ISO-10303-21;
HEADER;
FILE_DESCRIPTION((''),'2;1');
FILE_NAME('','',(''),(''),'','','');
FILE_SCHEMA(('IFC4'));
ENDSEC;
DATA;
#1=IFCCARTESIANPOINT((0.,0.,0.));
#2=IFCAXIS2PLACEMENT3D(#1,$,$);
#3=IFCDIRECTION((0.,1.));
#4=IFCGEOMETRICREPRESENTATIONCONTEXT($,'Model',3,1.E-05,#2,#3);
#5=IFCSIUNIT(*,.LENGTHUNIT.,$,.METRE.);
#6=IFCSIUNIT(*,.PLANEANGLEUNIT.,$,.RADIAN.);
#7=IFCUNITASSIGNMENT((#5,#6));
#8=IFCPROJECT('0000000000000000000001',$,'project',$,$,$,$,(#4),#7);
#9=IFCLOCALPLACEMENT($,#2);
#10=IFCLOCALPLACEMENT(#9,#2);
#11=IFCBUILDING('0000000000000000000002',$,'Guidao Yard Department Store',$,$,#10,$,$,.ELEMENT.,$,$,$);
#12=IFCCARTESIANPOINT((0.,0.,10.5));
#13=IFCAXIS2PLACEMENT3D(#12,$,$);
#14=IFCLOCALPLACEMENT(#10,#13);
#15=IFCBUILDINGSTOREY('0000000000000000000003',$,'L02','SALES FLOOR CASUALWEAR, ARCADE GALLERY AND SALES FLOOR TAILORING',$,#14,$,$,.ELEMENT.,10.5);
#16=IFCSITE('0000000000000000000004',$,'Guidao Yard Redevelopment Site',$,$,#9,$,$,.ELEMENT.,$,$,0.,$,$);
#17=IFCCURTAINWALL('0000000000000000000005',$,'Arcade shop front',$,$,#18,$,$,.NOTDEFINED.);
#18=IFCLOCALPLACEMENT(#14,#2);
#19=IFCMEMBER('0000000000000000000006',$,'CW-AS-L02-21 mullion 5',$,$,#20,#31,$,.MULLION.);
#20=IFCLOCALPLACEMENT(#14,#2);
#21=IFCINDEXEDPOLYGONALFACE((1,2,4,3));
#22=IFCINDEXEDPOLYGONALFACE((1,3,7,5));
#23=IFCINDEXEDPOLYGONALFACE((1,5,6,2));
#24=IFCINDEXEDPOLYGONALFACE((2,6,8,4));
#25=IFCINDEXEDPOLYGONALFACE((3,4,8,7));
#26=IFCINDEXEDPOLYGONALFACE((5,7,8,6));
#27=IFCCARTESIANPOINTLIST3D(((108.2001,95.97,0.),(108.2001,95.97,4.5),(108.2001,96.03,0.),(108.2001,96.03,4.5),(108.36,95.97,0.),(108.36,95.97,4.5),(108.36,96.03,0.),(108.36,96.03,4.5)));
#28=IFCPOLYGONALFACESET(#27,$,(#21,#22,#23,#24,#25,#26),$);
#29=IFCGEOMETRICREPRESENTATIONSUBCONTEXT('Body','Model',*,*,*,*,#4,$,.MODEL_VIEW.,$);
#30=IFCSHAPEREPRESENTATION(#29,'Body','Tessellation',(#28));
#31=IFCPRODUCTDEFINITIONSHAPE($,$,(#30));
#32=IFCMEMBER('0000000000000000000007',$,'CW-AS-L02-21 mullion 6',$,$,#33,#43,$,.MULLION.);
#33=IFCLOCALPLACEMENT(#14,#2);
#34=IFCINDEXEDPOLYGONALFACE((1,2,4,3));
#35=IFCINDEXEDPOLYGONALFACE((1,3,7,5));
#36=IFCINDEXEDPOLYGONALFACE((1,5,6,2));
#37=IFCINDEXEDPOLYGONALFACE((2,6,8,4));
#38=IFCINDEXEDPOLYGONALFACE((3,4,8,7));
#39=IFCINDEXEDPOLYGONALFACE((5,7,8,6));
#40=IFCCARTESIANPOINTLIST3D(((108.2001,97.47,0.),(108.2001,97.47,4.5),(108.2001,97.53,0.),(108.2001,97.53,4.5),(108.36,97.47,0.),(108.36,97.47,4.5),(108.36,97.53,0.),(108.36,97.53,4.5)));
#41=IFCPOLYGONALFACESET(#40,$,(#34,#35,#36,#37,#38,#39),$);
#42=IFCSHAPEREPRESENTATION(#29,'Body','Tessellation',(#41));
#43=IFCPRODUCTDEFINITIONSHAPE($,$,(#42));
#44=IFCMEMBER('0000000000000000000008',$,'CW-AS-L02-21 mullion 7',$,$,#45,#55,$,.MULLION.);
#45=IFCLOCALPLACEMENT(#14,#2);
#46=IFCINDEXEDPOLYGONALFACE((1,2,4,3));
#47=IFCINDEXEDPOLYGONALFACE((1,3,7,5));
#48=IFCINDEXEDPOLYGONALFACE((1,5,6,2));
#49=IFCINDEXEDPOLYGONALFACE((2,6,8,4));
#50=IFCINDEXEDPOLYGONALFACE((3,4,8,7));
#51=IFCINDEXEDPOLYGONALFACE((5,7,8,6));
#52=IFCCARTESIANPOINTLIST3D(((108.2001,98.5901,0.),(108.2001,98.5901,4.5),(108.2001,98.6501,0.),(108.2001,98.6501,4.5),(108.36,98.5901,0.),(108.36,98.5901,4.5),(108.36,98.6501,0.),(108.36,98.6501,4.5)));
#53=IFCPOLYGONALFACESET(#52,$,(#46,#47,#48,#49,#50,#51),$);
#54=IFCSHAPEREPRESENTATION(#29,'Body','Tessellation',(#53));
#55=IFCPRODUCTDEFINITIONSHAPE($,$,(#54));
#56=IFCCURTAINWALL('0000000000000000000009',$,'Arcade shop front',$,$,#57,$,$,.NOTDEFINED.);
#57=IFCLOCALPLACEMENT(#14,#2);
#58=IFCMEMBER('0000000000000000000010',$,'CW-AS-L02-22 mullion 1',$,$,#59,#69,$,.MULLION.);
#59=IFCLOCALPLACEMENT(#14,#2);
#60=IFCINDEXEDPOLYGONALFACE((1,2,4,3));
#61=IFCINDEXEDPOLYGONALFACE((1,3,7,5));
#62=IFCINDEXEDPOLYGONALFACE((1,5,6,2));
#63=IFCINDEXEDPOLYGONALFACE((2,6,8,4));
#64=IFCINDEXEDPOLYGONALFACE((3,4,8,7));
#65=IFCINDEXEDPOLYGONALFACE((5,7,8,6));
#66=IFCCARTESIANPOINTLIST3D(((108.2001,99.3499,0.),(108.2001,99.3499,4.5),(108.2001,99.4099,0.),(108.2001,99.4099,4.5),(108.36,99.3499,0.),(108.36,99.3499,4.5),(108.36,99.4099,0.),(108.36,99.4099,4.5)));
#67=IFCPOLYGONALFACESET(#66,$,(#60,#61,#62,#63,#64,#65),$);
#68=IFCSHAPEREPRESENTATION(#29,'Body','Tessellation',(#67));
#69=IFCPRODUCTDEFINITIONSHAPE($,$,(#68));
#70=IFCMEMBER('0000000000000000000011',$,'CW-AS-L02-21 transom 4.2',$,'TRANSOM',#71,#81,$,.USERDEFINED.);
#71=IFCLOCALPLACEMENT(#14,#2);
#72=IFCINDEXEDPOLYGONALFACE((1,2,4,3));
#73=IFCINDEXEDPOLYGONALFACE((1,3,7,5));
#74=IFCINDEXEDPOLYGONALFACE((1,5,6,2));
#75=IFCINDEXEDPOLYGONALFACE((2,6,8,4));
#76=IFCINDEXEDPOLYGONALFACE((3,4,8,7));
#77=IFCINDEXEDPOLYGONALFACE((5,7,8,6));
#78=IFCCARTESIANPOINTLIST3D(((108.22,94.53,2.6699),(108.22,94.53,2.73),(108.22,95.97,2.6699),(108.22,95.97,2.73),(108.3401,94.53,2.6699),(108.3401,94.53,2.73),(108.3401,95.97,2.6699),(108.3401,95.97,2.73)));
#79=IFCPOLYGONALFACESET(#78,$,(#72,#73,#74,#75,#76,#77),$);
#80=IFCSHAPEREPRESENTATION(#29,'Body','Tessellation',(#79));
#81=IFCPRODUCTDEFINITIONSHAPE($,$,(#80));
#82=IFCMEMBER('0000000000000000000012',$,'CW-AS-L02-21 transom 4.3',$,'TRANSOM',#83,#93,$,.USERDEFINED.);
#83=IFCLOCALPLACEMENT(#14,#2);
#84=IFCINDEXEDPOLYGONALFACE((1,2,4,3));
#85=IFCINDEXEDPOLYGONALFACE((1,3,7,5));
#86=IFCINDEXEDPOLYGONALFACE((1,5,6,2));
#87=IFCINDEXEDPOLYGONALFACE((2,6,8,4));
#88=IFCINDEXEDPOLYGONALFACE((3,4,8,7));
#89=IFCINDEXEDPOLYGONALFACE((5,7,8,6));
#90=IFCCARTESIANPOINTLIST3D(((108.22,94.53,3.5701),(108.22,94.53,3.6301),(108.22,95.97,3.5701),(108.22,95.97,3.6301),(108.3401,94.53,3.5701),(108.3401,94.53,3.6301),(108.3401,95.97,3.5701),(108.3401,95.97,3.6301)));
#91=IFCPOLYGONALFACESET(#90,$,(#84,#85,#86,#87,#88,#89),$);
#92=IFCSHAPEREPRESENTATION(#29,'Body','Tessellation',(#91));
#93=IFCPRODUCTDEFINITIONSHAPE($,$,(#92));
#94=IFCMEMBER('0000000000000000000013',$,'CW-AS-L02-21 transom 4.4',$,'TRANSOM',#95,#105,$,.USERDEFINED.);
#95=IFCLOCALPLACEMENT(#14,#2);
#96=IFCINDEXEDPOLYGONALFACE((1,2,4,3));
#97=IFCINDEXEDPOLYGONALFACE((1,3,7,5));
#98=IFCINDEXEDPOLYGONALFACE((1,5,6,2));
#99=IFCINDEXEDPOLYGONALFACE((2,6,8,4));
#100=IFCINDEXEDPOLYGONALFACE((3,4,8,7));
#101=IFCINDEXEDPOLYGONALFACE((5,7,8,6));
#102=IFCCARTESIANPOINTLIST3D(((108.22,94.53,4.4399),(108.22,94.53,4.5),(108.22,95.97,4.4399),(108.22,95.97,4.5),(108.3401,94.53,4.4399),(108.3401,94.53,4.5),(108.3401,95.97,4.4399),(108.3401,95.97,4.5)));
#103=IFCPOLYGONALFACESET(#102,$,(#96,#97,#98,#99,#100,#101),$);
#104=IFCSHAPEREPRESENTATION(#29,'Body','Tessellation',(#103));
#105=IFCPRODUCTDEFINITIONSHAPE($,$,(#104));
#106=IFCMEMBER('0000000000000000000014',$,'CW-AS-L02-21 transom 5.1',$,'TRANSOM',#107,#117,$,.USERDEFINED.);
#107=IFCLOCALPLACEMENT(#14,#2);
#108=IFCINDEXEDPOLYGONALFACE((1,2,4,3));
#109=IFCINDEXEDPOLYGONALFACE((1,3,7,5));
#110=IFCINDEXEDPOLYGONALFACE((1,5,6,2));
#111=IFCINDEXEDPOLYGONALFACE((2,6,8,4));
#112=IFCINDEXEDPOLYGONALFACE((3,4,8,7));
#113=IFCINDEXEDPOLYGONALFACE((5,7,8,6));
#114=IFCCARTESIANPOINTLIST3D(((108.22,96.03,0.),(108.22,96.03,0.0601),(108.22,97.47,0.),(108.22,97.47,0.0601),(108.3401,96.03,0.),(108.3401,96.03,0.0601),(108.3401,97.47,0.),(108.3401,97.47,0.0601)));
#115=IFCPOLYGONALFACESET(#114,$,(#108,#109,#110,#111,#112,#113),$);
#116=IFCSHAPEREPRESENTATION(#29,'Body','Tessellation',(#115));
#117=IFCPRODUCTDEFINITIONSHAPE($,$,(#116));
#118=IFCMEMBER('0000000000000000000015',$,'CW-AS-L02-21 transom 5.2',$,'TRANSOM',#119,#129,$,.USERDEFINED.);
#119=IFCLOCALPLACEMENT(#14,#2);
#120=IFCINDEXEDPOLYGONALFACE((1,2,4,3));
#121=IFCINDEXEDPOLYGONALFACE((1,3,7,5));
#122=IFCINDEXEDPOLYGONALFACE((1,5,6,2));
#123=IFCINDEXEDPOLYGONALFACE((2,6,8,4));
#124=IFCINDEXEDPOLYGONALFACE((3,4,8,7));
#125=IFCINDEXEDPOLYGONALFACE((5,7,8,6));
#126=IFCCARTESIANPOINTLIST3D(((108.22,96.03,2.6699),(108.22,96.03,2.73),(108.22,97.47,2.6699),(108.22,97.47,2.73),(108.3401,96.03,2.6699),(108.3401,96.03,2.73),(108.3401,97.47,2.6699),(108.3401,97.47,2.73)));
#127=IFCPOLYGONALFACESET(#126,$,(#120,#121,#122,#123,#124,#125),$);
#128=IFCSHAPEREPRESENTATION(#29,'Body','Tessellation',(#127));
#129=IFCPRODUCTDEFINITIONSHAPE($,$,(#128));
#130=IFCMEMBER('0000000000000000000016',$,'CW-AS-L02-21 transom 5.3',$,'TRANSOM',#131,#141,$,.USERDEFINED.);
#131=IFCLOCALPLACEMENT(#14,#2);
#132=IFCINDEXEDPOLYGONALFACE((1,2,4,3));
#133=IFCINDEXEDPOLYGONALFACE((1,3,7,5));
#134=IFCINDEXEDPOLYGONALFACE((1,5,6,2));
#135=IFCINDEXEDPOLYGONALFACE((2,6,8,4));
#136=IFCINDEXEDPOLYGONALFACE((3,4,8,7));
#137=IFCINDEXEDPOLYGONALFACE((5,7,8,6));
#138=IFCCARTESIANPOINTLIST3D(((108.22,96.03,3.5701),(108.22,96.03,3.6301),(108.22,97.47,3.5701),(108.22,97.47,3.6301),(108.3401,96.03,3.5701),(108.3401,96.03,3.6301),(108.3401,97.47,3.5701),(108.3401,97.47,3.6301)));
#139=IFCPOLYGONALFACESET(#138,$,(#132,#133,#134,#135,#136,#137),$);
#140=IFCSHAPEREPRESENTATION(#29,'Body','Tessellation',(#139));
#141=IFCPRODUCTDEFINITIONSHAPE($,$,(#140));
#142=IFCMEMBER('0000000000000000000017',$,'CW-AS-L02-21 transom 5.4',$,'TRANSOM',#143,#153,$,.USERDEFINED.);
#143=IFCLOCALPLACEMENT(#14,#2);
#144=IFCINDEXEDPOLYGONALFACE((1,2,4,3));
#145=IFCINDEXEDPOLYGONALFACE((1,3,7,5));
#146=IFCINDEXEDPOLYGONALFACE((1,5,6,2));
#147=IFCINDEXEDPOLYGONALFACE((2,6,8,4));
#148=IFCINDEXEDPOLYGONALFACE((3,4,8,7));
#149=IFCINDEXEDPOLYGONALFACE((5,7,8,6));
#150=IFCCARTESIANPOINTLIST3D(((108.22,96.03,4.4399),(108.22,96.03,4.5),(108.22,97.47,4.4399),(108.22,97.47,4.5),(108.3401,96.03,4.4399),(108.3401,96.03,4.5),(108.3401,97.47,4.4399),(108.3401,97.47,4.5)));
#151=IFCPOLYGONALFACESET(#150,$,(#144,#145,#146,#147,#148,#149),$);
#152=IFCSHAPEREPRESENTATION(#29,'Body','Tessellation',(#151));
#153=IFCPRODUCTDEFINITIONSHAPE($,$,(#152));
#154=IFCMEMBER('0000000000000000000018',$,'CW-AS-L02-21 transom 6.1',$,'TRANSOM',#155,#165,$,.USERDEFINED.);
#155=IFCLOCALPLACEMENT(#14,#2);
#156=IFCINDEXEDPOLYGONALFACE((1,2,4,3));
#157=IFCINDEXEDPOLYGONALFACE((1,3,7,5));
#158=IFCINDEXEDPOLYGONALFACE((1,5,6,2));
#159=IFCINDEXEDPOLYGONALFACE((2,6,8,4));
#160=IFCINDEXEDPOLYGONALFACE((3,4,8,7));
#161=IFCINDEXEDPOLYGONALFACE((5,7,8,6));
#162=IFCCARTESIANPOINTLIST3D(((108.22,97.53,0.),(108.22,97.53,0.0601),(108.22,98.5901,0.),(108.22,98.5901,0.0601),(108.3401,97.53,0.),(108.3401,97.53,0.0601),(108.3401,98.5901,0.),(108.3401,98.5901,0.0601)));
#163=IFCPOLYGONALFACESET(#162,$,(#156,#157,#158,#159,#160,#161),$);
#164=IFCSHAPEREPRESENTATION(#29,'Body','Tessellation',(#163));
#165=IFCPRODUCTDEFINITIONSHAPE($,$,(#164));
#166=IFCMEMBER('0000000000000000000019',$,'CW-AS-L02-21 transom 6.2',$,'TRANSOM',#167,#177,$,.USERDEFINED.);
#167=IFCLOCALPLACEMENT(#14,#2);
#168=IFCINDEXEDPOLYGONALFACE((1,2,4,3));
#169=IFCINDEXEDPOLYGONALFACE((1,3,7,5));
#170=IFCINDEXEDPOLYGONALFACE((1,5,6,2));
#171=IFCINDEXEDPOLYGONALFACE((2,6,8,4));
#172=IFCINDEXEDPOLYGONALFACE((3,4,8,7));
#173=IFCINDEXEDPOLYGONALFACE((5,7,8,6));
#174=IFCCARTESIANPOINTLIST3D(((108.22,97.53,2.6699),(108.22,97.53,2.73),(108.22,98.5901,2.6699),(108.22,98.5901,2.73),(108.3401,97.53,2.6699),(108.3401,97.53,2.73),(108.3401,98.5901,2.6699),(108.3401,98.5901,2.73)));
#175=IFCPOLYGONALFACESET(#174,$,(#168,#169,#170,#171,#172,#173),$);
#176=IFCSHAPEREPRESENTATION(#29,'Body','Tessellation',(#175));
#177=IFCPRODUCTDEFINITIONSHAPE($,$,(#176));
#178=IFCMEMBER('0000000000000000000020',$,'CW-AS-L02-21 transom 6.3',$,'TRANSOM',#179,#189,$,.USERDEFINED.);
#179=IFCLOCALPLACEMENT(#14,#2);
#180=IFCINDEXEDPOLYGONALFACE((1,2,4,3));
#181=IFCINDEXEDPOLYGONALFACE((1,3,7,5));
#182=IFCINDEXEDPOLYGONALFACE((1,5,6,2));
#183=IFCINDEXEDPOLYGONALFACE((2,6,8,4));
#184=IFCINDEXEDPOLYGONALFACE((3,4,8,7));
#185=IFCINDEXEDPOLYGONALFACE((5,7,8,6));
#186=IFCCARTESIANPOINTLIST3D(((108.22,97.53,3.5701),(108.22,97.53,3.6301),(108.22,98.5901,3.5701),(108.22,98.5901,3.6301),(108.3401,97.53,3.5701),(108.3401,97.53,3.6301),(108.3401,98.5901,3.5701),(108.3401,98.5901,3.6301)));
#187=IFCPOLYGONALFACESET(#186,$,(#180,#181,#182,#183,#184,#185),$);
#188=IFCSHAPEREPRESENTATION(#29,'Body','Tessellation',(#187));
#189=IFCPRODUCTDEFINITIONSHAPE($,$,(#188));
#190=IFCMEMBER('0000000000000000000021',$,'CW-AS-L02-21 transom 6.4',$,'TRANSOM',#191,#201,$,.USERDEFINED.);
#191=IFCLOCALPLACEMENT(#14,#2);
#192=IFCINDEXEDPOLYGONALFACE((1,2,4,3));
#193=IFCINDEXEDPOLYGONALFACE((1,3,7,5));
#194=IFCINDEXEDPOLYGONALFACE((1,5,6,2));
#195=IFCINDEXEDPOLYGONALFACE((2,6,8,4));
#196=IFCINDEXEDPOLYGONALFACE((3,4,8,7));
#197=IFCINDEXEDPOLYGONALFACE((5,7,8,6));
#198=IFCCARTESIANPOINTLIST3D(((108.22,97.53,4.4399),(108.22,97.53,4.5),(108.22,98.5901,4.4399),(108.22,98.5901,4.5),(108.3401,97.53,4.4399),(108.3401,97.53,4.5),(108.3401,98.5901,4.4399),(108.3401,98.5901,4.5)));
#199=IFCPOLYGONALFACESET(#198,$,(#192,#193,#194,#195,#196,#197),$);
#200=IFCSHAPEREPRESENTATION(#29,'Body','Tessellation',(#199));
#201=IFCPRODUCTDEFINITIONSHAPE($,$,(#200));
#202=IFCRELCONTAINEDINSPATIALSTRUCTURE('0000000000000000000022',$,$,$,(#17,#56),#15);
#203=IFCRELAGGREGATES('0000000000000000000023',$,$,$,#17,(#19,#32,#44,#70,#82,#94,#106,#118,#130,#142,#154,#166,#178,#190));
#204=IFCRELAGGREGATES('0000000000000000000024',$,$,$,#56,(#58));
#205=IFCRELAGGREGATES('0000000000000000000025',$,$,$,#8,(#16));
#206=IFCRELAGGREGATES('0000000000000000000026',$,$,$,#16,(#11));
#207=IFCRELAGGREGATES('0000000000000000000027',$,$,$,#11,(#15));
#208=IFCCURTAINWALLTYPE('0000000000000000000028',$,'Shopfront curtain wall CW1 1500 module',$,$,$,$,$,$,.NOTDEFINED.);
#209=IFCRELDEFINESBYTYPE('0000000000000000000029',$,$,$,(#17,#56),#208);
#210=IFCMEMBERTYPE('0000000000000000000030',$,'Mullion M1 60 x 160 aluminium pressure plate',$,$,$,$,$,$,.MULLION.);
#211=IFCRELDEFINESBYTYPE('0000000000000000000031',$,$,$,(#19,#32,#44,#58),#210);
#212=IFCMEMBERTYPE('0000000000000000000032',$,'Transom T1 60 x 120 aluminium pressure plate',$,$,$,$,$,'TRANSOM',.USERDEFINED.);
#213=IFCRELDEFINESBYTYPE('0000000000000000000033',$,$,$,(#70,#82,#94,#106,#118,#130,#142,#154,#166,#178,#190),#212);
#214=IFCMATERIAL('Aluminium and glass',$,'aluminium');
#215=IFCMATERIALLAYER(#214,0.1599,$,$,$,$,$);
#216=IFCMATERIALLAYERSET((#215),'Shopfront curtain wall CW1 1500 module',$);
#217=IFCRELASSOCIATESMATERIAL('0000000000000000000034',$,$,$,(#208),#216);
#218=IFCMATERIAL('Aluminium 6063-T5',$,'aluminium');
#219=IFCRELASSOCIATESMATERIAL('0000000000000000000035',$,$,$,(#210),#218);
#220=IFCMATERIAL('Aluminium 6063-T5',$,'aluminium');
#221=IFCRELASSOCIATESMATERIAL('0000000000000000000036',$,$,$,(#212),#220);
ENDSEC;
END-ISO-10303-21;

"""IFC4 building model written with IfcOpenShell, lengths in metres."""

from ifc_helpers import new_model, si_unit, direction, frame, origin, origin_2d, place, context, subcontext, project, spatial, rectangle, extrude, material, layer, layer_set, material_profile, profile_set, type_object, element, aggregate, save


model = new_model("IFC4")

# Units and contexts
model_context = context("Model", 3, precision=1e-05, world=origin(), true_north=direction((0.0, 1.0)))
body_context = subcontext(model_context, "Body", "Model", "MODEL_VIEW")
ifc_project = project(units=[si_unit("LENGTHUNIT", "METRE"), si_unit("PLANEANGLEUNIT", "RADIAN")], contexts=[model_context])

# Site, building, storey
site_placement = place(None, origin())
site = spatial("IfcSite", under=ifc_project, at=site_placement, Name="Guidao Yard Redevelopment Site", CompositionType="ELEMENT", RefElevation=0.0)
building_placement = place(site_placement, origin())
building = spatial("IfcBuilding", under=site, at=building_placement, Name="Guidao Yard Department Store", CompositionType="ELEMENT")
storey_placement = place(building_placement, frame((0.0, 0.0, 10.5)))
storey = spatial("IfcBuildingStorey", under=building, at=storey_placement, Name="L02", Description="SALES FLOOR CASUALWEAR, ARCADE GALLERY AND SALES FLOOR TAILORING", CompositionType="ELEMENT", Elevation=10.5)

# Curtain wall, members
ifc_material_1 = material(Name="Aluminium and glass", Category="aluminium")
ifc_layer_1 = layer(ifc_material_1, 0.1599)
ifc_layer_set_1 = layer_set([ifc_layer_1], Name="Shopfront curtain wall CW1 1500 module")
curtain_wall_type = type_object("IfcCurtainWallType", Name="Shopfront curtain wall CW1 1500 module", PredefinedType="NOTDEFINED", material=ifc_layer_set_1)
curtain_wall_1_placement = place(storey_placement, origin())
curtain_wall_1 = element("IfcCurtainWall", 1, at=curtain_wall_1_placement, inside=storey, type_object=curtain_wall_type, Name="Arcade shop front", PredefinedType="NOTDEFINED")
ifc_material_2 = material(Name="Aluminium 6063-T5", Category="aluminium")
ifc_material_profile_1 = material_profile(ifc_material_2, rectangle(XDim=0.0601, YDim=0.1599, at=origin_2d()), Name="Mullion M1 60 x 160 aluminium pressure plate")
ifc_profile_set_1 = profile_set([ifc_material_profile_1], Name="Aluminium 6063-T5")
member_type_1 = type_object("IfcMemberType", Name="Mullion M1 60 x 160 aluminium pressure plate", PredefinedType="MULLION", material=ifc_profile_set_1)
member_1_placement = place(storey_placement, frame((108.28, 96.0, 0.0), z_axis=(0.0, 0.0, 1.0), x_axis=(0.0, -1.0, 0.0)))
member_1 = element("IfcMember", 2, at=member_1_placement, type_object=member_type_1, Name="CW-AS-L02-21 mullion 5", PredefinedType="MULLION", context=body_context, shape_type="SweptSolid", body=[
    extrude(rectangle(XDim=0.0601, YDim=0.1599, at=origin_2d()), origin(), (0.0, 0.0, 1.0), 4.5),
])
member_2_placement = place(storey_placement, frame((108.28, 97.5, 0.0), z_axis=(0.0, 0.0, 1.0), x_axis=(0.0, -1.0, 0.0)))
member_2 = element("IfcMember", 3, at=member_2_placement, type_object=member_type_1, Name="CW-AS-L02-21 mullion 6", PredefinedType="MULLION", context=body_context, shape_type="SweptSolid", body=[
    extrude(rectangle(XDim=0.0601, YDim=0.1599, at=origin_2d()), origin(), (0.0, 0.0, 1.0), 4.5),
])
member_3_placement = place(storey_placement, frame((108.28, 98.6201, 0.0), z_axis=(0.0, 0.0, 1.0), x_axis=(0.0, -1.0, 0.0)))
member_3 = element("IfcMember", 4, at=member_3_placement, type_object=member_type_1, Name="CW-AS-L02-21 mullion 7", PredefinedType="MULLION", context=body_context, shape_type="SweptSolid", body=[
    extrude(rectangle(XDim=0.0601, YDim=0.1599, at=origin_2d()), origin(), (0.0, 0.0, 1.0), 4.5),
])

# Curtain wall, member
curtain_wall_2_placement = place(storey_placement, origin())
curtain_wall_2 = element("IfcCurtainWall", 5, at=curtain_wall_2_placement, inside=storey, type_object=curtain_wall_type, Name="Arcade shop front", PredefinedType="NOTDEFINED")
member_4_placement = place(storey_placement, frame((108.28, 99.3799, 0.0), z_axis=(0.0, 0.0, 1.0), x_axis=(0.0, -1.0, 0.0)))
member_4 = element("IfcMember", 6, at=member_4_placement, type_object=member_type_1, Name="CW-AS-L02-22 mullion 1", PredefinedType="MULLION", context=body_context, shape_type="SweptSolid", body=[
    extrude(rectangle(XDim=0.0601, YDim=0.1599, at=origin_2d()), origin(), (0.0, 0.0, 1.0), 4.5),
])

# Members
ifc_material_3 = material(Name="Aluminium 6063-T5", Category="aluminium")
ifc_material_profile_2 = material_profile(ifc_material_3, rectangle(XDim=0.1201, YDim=0.0601, at=origin_2d()), Name="Transom T1 60 x 120 aluminium pressure plate")
ifc_profile_set_2 = profile_set([ifc_material_profile_2], Name="Aluminium 6063-T5")
member_type_2 = type_object("IfcMemberType", Name="Transom T1 60 x 120 aluminium pressure plate", ElementType="TRANSOM", PredefinedType="USERDEFINED", material=ifc_profile_set_2)
member_5_placement = place(storey_placement, frame((108.28, 95.97, 2.7), z_axis=(0.0, -1.0, 0.0), x_axis=(1.0, 0.0, 0.0)))
member_5 = element("IfcMember", 7, at=member_5_placement, type_object=member_type_2, Name="CW-AS-L02-21 transom 4.2", ObjectType="TRANSOM", PredefinedType="USERDEFINED", context=body_context, shape_type="SweptSolid", body=[
    extrude(rectangle(XDim=0.1201, YDim=0.0601, at=origin_2d()), origin(), (0.0, 0.0, 1.0), 1.4399),
])
member_6_placement = place(storey_placement, frame((108.28, 95.97, 3.6001), z_axis=(0.0, -1.0, 0.0), x_axis=(1.0, 0.0, 0.0)))
member_6 = element("IfcMember", 8, at=member_6_placement, type_object=member_type_2, Name="CW-AS-L02-21 transom 4.3", ObjectType="TRANSOM", PredefinedType="USERDEFINED", context=body_context, shape_type="SweptSolid", body=[
    extrude(rectangle(XDim=0.1201, YDim=0.0601, at=origin_2d()), origin(), (0.0, 0.0, 1.0), 1.4399),
])
member_7_placement = place(storey_placement, frame((108.28, 95.97, 4.47), z_axis=(0.0, -1.0, 0.0), x_axis=(1.0, 0.0, 0.0)))
member_7 = element("IfcMember", 9, at=member_7_placement, type_object=member_type_2, Name="CW-AS-L02-21 transom 4.4", ObjectType="TRANSOM", PredefinedType="USERDEFINED", context=body_context, shape_type="SweptSolid", body=[
    extrude(rectangle(XDim=0.1201, YDim=0.0601, at=origin_2d()), origin(), (0.0, 0.0, 1.0), 1.4399),
])
member_8_placement = place(storey_placement, frame((108.28, 97.47, 0.03), z_axis=(0.0, -1.0, 0.0), x_axis=(1.0, 0.0, 0.0)))
member_8 = element("IfcMember", 10, at=member_8_placement, type_object=member_type_2, Name="CW-AS-L02-21 transom 5.1", ObjectType="TRANSOM", PredefinedType="USERDEFINED", context=body_context, shape_type="SweptSolid", body=[
    extrude(rectangle(XDim=0.1201, YDim=0.0601, at=origin_2d()), origin(), (0.0, 0.0, 1.0), 1.4399),
])
member_9_placement = place(storey_placement, frame((108.28, 97.47, 2.7), z_axis=(0.0, -1.0, 0.0), x_axis=(1.0, 0.0, 0.0)))
member_9 = element("IfcMember", 11, at=member_9_placement, type_object=member_type_2, Name="CW-AS-L02-21 transom 5.2", ObjectType="TRANSOM", PredefinedType="USERDEFINED", context=body_context, shape_type="SweptSolid", body=[
    extrude(rectangle(XDim=0.1201, YDim=0.0601, at=origin_2d()), origin(), (0.0, 0.0, 1.0), 1.4399),
])
member_10_placement = place(storey_placement, frame((108.28, 97.47, 3.6001), z_axis=(0.0, -1.0, 0.0), x_axis=(1.0, 0.0, 0.0)))
member_10 = element("IfcMember", 12, at=member_10_placement, type_object=member_type_2, Name="CW-AS-L02-21 transom 5.3", ObjectType="TRANSOM", PredefinedType="USERDEFINED", context=body_context, shape_type="SweptSolid", body=[
    extrude(rectangle(XDim=0.1201, YDim=0.0601, at=origin_2d()), origin(), (0.0, 0.0, 1.0), 1.4399),
])
member_11_placement = place(storey_placement, frame((108.28, 97.47, 4.47), z_axis=(0.0, -1.0, 0.0), x_axis=(1.0, 0.0, 0.0)))
member_11 = element("IfcMember", 13, at=member_11_placement, type_object=member_type_2, Name="CW-AS-L02-21 transom 5.4", ObjectType="TRANSOM", PredefinedType="USERDEFINED", context=body_context, shape_type="SweptSolid", body=[
    extrude(rectangle(XDim=0.1201, YDim=0.0601, at=origin_2d()), origin(), (0.0, 0.0, 1.0), 1.4399),
])
member_12_placement = place(storey_placement, frame((108.28, 98.5901, 0.03), z_axis=(0.0, -1.0, 0.0), x_axis=(1.0, 0.0, 0.0)))
member_12 = element("IfcMember", 14, at=member_12_placement, type_object=member_type_2, Name="CW-AS-L02-21 transom 6.1", ObjectType="TRANSOM", PredefinedType="USERDEFINED", context=body_context, shape_type="SweptSolid", body=[
    extrude(rectangle(XDim=0.1201, YDim=0.0601, at=origin_2d()), origin(), (0.0, 0.0, 1.0), 1.0601),
])
member_13_placement = place(storey_placement, frame((108.28, 98.5901, 2.7), z_axis=(0.0, -1.0, 0.0), x_axis=(1.0, 0.0, 0.0)))
member_13 = element("IfcMember", 15, at=member_13_placement, type_object=member_type_2, Name="CW-AS-L02-21 transom 6.2", ObjectType="TRANSOM", PredefinedType="USERDEFINED", context=body_context, shape_type="SweptSolid", body=[
    extrude(rectangle(XDim=0.1201, YDim=0.0601, at=origin_2d()), origin(), (0.0, 0.0, 1.0), 1.0601),
])
member_14_placement = place(storey_placement, frame((108.28, 98.5901, 3.6001), z_axis=(0.0, -1.0, 0.0), x_axis=(1.0, 0.0, 0.0)))
member_14 = element("IfcMember", 16, at=member_14_placement, type_object=member_type_2, Name="CW-AS-L02-21 transom 6.3", ObjectType="TRANSOM", PredefinedType="USERDEFINED", context=body_context, shape_type="SweptSolid", body=[
    extrude(rectangle(XDim=0.1201, YDim=0.0601, at=origin_2d()), origin(), (0.0, 0.0, 1.0), 1.0601),
])
member_15_placement = place(storey_placement, frame((108.28, 98.5901, 4.47), z_axis=(0.0, -1.0, 0.0), x_axis=(1.0, 0.0, 0.0)))
member_15 = element("IfcMember", 17, at=member_15_placement, type_object=member_type_2, Name="CW-AS-L02-21 transom 6.4", ObjectType="TRANSOM", PredefinedType="USERDEFINED", context=body_context, shape_type="SweptSolid", body=[
    extrude(rectangle(XDim=0.1201, YDim=0.0601, at=origin_2d()), origin(), (0.0, 0.0, 1.0), 1.0601),
])

aggregate(curtain_wall_1, [member_1, member_2, member_3, member_5, member_6, member_7, member_8, member_9, member_10, member_11, member_12, member_13, member_14, member_15])
aggregate(curtain_wall_2, [member_4])

save(model, "model.ifc")
